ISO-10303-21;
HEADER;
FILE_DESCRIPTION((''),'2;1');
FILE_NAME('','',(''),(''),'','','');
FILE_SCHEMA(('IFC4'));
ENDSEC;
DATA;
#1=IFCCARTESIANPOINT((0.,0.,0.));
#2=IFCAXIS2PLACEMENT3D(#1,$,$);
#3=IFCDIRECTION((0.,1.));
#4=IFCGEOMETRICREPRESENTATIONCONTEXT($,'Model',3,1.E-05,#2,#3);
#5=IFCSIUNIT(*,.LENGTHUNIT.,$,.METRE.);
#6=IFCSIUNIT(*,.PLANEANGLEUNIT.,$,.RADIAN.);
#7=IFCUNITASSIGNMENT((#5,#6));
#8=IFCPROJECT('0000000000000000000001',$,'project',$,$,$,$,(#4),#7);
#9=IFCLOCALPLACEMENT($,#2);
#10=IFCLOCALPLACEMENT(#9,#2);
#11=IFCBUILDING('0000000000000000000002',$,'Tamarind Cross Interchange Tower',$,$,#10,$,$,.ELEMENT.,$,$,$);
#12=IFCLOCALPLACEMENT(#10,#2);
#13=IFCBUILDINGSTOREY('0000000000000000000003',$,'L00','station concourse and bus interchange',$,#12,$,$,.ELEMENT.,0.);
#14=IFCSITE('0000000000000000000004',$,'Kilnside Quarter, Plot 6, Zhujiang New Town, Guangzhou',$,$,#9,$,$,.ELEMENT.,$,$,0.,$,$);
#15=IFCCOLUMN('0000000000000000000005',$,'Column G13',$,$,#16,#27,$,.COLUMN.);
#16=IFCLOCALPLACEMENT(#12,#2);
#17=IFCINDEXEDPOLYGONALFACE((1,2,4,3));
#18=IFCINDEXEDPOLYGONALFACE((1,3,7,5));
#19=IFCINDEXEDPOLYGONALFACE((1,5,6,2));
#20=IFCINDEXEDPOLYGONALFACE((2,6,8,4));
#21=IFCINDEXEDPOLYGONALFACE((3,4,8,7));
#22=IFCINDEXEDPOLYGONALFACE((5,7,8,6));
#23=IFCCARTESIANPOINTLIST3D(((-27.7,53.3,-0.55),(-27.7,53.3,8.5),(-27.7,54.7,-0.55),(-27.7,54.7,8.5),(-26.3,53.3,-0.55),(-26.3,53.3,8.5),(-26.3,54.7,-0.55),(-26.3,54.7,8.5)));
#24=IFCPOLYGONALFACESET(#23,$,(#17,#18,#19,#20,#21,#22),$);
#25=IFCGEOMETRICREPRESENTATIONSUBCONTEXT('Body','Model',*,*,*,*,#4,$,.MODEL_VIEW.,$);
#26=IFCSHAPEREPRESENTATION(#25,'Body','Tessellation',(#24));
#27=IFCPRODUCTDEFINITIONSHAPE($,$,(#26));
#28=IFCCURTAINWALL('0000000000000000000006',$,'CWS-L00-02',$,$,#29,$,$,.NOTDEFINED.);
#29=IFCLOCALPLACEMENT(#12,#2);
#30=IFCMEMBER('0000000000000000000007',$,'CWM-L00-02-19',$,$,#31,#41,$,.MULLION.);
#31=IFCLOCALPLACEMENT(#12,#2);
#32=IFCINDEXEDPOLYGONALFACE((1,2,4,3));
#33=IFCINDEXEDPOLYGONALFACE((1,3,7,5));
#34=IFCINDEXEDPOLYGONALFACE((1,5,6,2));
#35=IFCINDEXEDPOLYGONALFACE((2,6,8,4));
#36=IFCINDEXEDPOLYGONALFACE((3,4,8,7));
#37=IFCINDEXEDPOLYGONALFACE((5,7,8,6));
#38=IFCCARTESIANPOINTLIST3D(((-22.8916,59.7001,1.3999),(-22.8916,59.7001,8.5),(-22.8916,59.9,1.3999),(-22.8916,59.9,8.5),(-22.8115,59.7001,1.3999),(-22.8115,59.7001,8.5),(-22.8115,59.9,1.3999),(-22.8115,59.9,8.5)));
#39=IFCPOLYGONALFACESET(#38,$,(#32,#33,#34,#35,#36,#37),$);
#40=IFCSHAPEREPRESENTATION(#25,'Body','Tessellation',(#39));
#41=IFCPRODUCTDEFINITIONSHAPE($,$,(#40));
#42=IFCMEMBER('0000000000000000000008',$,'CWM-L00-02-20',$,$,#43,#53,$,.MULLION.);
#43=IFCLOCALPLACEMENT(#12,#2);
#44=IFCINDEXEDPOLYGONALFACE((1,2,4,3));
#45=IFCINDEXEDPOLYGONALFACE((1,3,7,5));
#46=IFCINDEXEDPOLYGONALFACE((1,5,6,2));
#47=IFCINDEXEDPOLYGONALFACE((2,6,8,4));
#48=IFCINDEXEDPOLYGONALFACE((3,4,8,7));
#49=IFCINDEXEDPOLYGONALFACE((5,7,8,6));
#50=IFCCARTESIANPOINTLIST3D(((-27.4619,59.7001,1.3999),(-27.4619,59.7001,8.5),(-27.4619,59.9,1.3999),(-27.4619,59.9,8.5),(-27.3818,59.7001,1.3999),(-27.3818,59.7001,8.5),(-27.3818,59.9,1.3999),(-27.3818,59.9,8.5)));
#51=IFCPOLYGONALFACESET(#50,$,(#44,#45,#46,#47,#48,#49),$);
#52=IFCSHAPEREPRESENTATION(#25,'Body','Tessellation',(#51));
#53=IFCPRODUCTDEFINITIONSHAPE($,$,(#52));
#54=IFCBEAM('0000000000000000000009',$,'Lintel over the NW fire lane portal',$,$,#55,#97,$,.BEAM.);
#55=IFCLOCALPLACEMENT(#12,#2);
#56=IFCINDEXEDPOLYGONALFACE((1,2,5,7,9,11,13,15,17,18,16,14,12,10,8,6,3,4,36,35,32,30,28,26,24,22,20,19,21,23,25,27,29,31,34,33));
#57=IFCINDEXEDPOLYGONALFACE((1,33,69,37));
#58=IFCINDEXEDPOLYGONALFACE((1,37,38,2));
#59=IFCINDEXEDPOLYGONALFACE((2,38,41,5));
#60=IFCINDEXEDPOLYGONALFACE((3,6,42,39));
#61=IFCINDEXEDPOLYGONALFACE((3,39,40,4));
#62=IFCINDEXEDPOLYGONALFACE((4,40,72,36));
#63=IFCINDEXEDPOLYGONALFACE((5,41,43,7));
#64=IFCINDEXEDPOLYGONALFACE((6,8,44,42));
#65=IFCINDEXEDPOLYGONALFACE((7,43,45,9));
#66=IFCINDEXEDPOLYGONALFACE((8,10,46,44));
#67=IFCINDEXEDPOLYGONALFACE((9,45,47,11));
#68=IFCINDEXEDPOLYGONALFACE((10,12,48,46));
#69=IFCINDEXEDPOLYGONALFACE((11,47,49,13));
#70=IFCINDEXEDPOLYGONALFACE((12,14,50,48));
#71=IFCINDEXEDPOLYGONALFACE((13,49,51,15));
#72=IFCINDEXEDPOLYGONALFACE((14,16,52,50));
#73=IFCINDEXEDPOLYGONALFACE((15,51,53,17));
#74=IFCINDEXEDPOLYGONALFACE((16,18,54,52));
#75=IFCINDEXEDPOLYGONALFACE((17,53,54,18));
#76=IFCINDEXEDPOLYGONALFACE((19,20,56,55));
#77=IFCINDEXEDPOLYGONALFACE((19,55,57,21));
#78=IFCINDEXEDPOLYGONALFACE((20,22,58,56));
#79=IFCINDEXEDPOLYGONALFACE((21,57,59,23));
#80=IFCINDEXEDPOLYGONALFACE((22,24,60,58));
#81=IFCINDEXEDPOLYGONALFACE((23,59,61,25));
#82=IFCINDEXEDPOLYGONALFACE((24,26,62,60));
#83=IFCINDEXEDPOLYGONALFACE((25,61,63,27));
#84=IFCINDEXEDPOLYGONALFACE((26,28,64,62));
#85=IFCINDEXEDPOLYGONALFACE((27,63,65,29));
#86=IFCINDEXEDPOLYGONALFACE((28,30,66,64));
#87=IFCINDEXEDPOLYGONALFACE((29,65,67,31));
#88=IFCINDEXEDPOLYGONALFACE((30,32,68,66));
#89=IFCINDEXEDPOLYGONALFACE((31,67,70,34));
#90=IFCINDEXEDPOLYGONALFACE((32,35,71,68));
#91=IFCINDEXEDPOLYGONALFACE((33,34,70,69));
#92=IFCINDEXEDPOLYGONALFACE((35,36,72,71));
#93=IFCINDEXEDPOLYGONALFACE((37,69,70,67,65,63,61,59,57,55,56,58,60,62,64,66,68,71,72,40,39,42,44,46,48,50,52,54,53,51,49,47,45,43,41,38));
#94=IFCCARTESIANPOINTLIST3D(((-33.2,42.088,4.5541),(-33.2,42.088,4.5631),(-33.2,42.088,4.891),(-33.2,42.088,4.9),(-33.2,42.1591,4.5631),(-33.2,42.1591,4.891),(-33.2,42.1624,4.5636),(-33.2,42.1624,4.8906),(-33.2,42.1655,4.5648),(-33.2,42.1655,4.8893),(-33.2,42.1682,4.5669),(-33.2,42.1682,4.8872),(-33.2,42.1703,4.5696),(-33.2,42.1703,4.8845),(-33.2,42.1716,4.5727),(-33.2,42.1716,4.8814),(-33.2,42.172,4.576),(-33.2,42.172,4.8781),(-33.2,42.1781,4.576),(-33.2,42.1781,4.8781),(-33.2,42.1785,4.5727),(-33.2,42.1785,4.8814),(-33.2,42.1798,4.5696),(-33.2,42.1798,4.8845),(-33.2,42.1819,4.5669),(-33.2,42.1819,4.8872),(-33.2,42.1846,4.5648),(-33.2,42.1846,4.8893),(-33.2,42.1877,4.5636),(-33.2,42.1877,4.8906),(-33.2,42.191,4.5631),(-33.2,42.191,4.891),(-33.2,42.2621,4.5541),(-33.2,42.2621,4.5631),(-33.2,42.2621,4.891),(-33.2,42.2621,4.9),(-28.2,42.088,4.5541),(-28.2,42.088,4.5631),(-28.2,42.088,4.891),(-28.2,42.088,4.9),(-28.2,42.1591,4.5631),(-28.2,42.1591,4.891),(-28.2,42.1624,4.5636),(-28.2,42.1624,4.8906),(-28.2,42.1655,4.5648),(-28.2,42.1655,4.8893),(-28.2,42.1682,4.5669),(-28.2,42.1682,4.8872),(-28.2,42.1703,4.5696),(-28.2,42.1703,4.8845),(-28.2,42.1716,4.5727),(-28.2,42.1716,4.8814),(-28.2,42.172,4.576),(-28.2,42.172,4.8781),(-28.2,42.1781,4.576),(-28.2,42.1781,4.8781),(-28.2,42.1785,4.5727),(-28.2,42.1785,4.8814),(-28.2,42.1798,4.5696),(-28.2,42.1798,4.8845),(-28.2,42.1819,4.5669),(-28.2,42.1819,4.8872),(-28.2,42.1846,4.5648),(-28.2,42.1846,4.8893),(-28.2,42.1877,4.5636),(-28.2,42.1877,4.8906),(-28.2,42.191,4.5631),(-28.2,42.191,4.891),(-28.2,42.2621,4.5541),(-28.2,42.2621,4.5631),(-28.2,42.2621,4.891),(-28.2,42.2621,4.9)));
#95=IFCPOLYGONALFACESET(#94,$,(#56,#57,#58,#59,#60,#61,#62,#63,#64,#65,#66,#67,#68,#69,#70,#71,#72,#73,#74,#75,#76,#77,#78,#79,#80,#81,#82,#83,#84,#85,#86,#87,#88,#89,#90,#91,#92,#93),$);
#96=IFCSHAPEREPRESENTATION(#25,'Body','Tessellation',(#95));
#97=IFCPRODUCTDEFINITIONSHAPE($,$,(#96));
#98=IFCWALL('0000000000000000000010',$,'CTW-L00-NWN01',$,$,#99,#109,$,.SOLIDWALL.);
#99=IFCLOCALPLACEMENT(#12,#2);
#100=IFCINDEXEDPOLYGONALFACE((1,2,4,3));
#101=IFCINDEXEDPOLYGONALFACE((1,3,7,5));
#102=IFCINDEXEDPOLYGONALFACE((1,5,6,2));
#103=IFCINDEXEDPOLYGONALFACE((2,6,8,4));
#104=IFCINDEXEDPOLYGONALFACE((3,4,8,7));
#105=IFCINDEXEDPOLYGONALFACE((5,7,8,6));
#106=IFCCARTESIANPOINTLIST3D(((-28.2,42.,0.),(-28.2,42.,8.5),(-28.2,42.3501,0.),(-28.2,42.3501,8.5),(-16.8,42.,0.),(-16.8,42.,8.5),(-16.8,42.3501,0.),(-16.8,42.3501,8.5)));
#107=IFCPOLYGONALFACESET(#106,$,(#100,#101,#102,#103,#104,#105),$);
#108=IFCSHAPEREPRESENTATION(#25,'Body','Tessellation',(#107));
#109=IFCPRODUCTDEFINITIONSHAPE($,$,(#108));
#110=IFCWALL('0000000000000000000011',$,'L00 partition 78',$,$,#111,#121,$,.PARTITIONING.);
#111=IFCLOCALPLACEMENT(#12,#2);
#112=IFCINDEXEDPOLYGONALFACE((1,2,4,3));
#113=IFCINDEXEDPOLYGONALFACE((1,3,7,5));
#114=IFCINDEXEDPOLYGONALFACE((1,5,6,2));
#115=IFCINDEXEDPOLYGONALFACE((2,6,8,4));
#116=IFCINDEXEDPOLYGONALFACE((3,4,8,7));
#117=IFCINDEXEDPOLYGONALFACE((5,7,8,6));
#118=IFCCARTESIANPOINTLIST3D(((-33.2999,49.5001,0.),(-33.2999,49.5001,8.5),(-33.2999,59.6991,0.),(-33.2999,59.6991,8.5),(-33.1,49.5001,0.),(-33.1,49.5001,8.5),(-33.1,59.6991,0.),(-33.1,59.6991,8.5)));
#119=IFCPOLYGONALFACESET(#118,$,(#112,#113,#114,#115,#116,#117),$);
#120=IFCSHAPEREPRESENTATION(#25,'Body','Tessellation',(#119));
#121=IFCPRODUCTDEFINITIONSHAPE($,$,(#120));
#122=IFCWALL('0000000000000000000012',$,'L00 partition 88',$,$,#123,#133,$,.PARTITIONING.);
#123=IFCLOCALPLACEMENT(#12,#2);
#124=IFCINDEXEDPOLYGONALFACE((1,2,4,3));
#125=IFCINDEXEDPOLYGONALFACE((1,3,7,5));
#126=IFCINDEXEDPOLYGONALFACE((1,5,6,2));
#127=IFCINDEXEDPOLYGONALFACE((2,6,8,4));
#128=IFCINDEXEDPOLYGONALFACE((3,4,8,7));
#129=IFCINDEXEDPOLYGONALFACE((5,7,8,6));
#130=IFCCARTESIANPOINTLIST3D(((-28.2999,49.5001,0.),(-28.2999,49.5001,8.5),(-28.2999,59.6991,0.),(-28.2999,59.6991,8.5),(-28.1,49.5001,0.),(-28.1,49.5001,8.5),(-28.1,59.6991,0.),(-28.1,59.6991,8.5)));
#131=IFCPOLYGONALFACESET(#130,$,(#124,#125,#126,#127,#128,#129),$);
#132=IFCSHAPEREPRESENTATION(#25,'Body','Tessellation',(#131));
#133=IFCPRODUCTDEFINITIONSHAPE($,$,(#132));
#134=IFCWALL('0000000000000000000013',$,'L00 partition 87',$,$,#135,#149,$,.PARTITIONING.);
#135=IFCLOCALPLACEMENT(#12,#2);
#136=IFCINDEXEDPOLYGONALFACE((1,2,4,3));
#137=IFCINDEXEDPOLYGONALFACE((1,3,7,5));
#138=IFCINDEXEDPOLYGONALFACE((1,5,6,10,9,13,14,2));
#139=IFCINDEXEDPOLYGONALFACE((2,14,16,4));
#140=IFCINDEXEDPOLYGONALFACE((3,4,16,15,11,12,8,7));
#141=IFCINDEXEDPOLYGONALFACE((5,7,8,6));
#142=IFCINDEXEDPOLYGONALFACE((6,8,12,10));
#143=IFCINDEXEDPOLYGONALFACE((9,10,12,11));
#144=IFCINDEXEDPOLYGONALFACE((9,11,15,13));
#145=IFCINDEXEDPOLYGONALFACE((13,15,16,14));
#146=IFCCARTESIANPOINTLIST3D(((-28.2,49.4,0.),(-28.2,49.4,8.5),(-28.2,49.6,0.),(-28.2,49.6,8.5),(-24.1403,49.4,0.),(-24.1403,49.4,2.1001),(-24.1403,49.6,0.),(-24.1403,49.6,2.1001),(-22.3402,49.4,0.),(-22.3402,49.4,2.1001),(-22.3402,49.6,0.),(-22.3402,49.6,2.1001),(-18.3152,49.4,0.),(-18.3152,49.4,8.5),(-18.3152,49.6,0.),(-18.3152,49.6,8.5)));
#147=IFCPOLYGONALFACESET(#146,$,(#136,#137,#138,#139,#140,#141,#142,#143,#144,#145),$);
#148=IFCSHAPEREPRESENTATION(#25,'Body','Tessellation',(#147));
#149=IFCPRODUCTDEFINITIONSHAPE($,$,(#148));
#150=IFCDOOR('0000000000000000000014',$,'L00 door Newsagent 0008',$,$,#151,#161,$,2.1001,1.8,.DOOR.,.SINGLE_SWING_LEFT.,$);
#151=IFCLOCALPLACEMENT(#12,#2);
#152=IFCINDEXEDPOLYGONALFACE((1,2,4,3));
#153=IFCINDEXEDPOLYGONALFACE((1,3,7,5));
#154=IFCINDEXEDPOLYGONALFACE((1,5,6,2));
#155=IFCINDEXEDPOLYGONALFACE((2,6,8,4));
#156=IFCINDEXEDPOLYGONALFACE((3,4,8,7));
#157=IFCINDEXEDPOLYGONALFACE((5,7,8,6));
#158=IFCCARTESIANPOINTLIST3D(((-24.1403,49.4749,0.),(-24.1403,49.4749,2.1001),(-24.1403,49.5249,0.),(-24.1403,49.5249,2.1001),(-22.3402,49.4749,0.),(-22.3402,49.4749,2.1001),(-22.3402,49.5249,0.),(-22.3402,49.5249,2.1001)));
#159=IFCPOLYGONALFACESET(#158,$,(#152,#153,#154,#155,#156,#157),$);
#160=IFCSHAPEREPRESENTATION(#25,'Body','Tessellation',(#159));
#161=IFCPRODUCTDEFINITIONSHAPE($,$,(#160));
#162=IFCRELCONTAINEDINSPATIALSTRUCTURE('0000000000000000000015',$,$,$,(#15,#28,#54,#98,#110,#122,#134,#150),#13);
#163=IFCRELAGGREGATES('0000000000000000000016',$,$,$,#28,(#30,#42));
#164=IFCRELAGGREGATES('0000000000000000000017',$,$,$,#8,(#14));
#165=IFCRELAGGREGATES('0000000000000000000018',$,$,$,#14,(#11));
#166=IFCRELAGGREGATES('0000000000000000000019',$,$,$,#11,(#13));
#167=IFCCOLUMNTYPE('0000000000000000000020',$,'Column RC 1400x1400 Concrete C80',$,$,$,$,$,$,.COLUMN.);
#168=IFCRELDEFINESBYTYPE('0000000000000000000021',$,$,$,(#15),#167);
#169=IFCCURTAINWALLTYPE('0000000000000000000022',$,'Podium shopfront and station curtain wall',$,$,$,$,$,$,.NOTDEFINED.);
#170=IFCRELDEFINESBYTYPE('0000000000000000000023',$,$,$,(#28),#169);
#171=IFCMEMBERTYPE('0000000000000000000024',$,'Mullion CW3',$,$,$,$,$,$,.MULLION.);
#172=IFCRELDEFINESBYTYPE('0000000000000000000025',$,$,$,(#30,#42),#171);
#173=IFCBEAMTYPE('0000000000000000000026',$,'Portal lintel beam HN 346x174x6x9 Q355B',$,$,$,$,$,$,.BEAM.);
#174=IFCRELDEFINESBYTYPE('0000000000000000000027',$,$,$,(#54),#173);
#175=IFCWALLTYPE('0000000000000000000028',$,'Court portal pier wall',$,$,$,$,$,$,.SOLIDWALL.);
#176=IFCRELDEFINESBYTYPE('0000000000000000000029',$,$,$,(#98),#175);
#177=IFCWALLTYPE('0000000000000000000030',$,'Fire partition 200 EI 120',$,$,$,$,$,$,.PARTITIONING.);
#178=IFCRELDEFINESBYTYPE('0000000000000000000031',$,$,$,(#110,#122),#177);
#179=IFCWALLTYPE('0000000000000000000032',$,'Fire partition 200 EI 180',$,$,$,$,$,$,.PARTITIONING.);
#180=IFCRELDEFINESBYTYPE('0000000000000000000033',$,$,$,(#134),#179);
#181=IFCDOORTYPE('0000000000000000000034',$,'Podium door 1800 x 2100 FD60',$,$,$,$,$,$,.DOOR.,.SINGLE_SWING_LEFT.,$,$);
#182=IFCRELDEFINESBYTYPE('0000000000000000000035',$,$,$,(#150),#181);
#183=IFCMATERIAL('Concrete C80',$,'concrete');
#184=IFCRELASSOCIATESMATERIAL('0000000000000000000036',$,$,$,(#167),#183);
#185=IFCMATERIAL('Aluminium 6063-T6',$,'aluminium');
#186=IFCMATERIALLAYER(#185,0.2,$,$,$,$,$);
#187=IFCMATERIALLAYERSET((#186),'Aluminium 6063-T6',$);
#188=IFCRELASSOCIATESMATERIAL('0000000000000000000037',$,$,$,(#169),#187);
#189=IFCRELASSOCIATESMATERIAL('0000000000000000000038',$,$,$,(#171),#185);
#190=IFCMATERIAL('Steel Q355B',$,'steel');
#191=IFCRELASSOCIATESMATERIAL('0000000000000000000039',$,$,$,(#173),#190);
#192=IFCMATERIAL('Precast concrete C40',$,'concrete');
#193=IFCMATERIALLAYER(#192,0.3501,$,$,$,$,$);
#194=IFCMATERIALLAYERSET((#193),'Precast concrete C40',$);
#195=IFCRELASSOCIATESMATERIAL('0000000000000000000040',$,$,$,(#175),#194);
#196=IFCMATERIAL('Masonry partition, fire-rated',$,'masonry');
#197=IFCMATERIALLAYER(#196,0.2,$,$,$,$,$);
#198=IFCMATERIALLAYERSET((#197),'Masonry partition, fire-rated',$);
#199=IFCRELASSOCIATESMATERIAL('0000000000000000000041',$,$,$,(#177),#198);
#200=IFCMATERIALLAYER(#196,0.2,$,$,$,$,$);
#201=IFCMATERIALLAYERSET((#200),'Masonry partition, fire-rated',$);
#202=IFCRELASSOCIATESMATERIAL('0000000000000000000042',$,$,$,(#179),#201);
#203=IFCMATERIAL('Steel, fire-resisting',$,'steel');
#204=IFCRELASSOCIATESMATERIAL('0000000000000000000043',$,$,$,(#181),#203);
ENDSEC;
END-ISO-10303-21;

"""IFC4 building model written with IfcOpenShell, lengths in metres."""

from ifc_helpers import new_model, si_unit, direction, frame, frame_2d, origin, origin_2d, place, context, subcontext, project, spatial, rectangle, i_section, extrude, material, layer, layer_set, material_profile, profile_set, type_object, element, fill, aggregate, save


model = new_model("IFC4")

# Units and contexts
model_context = context("Model", 3, precision=1e-05, world=origin(), true_north=direction((0.0, 1.0)))
body_context = subcontext(model_context, "Body", "Model", "MODEL_VIEW")
ifc_project = project(units=[si_unit("LENGTHUNIT", "METRE"), si_unit("PLANEANGLEUNIT", "RADIAN")], contexts=[model_context])

# Site, building, storey
site_placement = place(None, origin())
site = spatial("IfcSite", under=ifc_project, at=site_placement, Name="Kilnside Quarter, Plot 6, Zhujiang New Town, Guangzhou", CompositionType="ELEMENT", RefElevation=0.0)
building_placement = place(site_placement, origin())
building = spatial("IfcBuilding", under=site, at=building_placement, Name="Tamarind Cross Interchange Tower", CompositionType="ELEMENT")
storey_placement = place(building_placement, origin())
storey = spatial("IfcBuildingStorey", under=building, at=storey_placement, Name="L00", Description="station concourse and bus interchange", CompositionType="ELEMENT", Elevation=0.0)

# Column
ifc_material_1 = material(Name="Concrete C80", Category="concrete")
ifc_material_profile_1 = material_profile(ifc_material_1, rectangle(XDim=1.3999, YDim=1.3999, at=origin_2d()), Name="RC 1400x1400")
ifc_profile_set_1 = profile_set([ifc_material_profile_1], Name="Concrete C80")
column_type = type_object("IfcColumnType", Name="Column RC 1400x1400 Concrete C80", PredefinedType="COLUMN", material=ifc_profile_set_1)
column_placement = place(storey_placement, frame((-27.0, 54.0, -0.55), z_axis=(0.0, 0.0, 1.0), x_axis=(1.0, 0.0, 0.0)))
element("IfcColumn", 1, at=column_placement, inside=storey, type_object=column_type, Name="Column G13", PredefinedType="COLUMN", context=body_context, shape_type="SweptSolid", body=[
    extrude(rectangle(XDim=1.3999, YDim=1.3999, at=origin_2d()), origin(), (0.0, 0.0, 1.0), 9.05),
])

# Curtain wall, members
ifc_material_2 = material(Name="Aluminium 6063-T6", Category="aluminium")
ifc_layer_1 = layer(ifc_material_2, 0.2)
ifc_layer_set_1 = layer_set([ifc_layer_1], Name="Aluminium 6063-T6")
curtain_wall_type = type_object("IfcCurtainWallType", Name="Podium shopfront and station curtain wall", PredefinedType="NOTDEFINED", material=ifc_layer_set_1)
curtain_wall_placement = place(storey_placement, origin())
curtain_wall = element("IfcCurtainWall", 2, at=curtain_wall_placement, inside=storey, type_object=curtain_wall_type, Name="CWS-L00-02", PredefinedType="NOTDEFINED")
ifc_material_profile_2 = material_profile(ifc_material_2, rectangle(XDim=0.0801, YDim=0.2, at=origin_2d()), Name="Mullion CW3")
ifc_profile_set_2 = profile_set([ifc_material_profile_2], Name="Aluminium 6063-T6")
member_type = type_object("IfcMemberType", Name="Mullion CW3", PredefinedType="MULLION", material=ifc_profile_set_2)
member_1_placement = place(storey_placement, frame((-22.8516, 59.8, 1.3999), z_axis=(0.0, 0.0, 1.0), x_axis=(-1.0, 0.0, 0.0)))
member_1 = element("IfcMember", 3, at=member_1_placement, type_object=member_type, Name="CWM-L00-02-19", PredefinedType="MULLION", context=body_context, shape_type="SweptSolid", body=[
    extrude(rectangle(XDim=0.0801, YDim=0.2, at=origin_2d()), origin(), (0.0, 0.0, 1.0), 7.1001),
])
member_2_placement = place(storey_placement, frame((-27.4219, 59.8, 1.3999), z_axis=(0.0, 0.0, 1.0), x_axis=(-1.0, 0.0, 0.0)))
member_2 = element("IfcMember", 4, at=member_2_placement, type_object=member_type, Name="CWM-L00-02-20", PredefinedType="MULLION", context=body_context, shape_type="SweptSolid", body=[
    extrude(rectangle(XDim=0.0801, YDim=0.2, at=origin_2d()), origin(), (0.0, 0.0, 1.0), 7.1001),
])
aggregate(curtain_wall, [member_1, member_2])

# Beam
ifc_material_3 = material(Name="Steel Q355B", Category="steel")
ifc_material_profile_3 = material_profile(ifc_material_3, i_section(OverallWidth=0.1741, OverallDepth=0.3459, WebThickness=0.0061, FlangeThickness=0.009, FilletRadius=0.0129, at=origin_2d()), Name="HN 346x174x6x9")
ifc_profile_set_3 = profile_set([ifc_material_profile_3], Name="Steel Q355B")
beam_type = type_object("IfcBeamType", Name="Portal lintel beam HN 346x174x6x9 Q355B", PredefinedType="BEAM", material=ifc_profile_set_3)
beam_placement = place(storey_placement, frame((-33.2, 42.175, 4.7271), z_axis=(1.0, 0.0, 0.0), x_axis=(0.0, 1.0, 0.0)))
element("IfcBeam", 5, at=beam_placement, inside=storey, type_object=beam_type, Name="Lintel over the NW fire lane portal", PredefinedType="BEAM", context=body_context, shape_type="SweptSolid", body=[
    extrude(i_section(OverallWidth=0.1741, OverallDepth=0.3459, WebThickness=0.0061, FlangeThickness=0.009, FilletRadius=0.0129, at=origin_2d()), origin(), (0.0, 0.0, 1.0), 5.0),
])

# Walls
ifc_material_4 = material(Name="Precast concrete C40", Category="concrete")
ifc_layer_2 = layer(ifc_material_4, 0.3501)
ifc_layer_set_2 = layer_set([ifc_layer_2], Name="Precast concrete C40")
wall_type_1 = type_object("IfcWallType", Name="Court portal pier wall", PredefinedType="SOLIDWALL", material=ifc_layer_set_2)
wall_1_placement = place(storey_placement, frame((-28.2, 42.175, 0.0), z_axis=(0.0, 0.0, 1.0), x_axis=(1.0, 0.0, 0.0)))
element("IfcWall", 6, at=wall_1_placement, inside=storey, type_object=wall_type_1, Name="CTW-L00-NWN01", PredefinedType="SOLIDWALL", context=body_context, shape_type="SweptSolid", body=[
    extrude(rectangle(XDim=11.3999, YDim=0.3501, at=frame_2d((5.7, 0.0))), origin(), (0.0, 0.0, 1.0), 8.5),
])
ifc_material_5 = material(Name="Masonry partition, fire-rated", Category="masonry")
ifc_layer_3 = layer(ifc_material_5, 0.2)
ifc_layer_set_3 = layer_set([ifc_layer_3], Name="Masonry partition, fire-rated")
wall_type_2 = type_object("IfcWallType", Name="Fire partition 200 EI 120", PredefinedType="PARTITIONING", material=ifc_layer_set_3)
for number, where, z_axis, x_axis, name in (
    (7, (-33.2, 49.5, 0.0), (0.0, 0.0, 1.0), (0.0, 1.0, 0.0), "L00 partition 78"),
    (8, (-28.2, 49.5, 0.0), (0.0, 0.0, 1.0), (0.0, 1.0, 0.0), "L00 partition 88"),
):
    element("IfcWall", number, at=place(storey_placement, frame(where, z_axis=z_axis, x_axis=x_axis)), inside=storey, type_object=wall_type_2, Name=name, PredefinedType="PARTITIONING", context=body_context, shape_type="SweptSolid", body=[
        extrude(rectangle(XDim=10.199, YDim=0.2, at=frame_2d((5.0996, 0.0))), origin(), (0.0, 0.0, 1.0), 8.5),
    ])

# Wall, opening, door
ifc_layer_4 = layer(ifc_material_5, 0.2)
ifc_layer_set_4 = layer_set([ifc_layer_4], Name="Masonry partition, fire-rated")
wall_type_3 = type_object("IfcWallType", Name="Fire partition 200 EI 180", PredefinedType="PARTITIONING", material=ifc_layer_set_4)
wall_2_placement = place(storey_placement, frame((-28.2, 49.5, 0.0), z_axis=(0.0, 0.0, 1.0), x_axis=(1.0, 0.0, 0.0)))
wall_2 = element("IfcWall", 9, at=wall_2_placement, inside=storey, type_object=wall_type_3, Name="L00 partition 87", PredefinedType="PARTITIONING", context=body_context, shape_type="SweptSolid", body=[
    extrude(rectangle(XDim=9.8848, YDim=0.2, at=frame_2d((4.9424, 0.0))), origin(), (0.0, 0.0, 1.0), 8.5),
])
opening_1_placement = place(wall_2_placement, frame((4.0598, 0.0, 0.0)))
opening_1 = element("IfcOpeningElement", 10, at=opening_1_placement, cuts=wall_2, PredefinedType="OPENING", context=body_context, shape_type="SweptSolid", body=[
    extrude(rectangle(XDim=1.8, YDim=2.1001, at=frame_2d((0.8999, 1.05))), frame((0.0, 0.1099, 0.0), z_axis=(0.0, -1.0, 0.0), x_axis=(1.0, 0.0, 0.0)), (0.0, 0.0, 1.0), 0.22),
])
ifc_material_6 = material(Name="Steel, fire-resisting", Category="steel")
door_type_1 = type_object("IfcDoorType", Name="Podium door 1800 x 2100 FD60", OperationType="SINGLE_SWING_LEFT", PredefinedType="DOOR", material=ifc_material_6)
door_1_placement = place(opening_1_placement, origin())
door_1 = element("IfcDoor", 11, at=door_1_placement, inside=storey, type_object=door_type_1, Name="L00 door Newsagent 0008", OperationType="SINGLE_SWING_LEFT", OverallHeight=2.1001, OverallWidth=1.8, PredefinedType="DOOR", context=body_context, shape_type="SweptSolid", body=[
    extrude(rectangle(XDim=1.8, YDim=2.1001, at=frame_2d((0.8999, 1.05))), frame((0.0, 0.0249, 0.0), z_axis=(0.0, -1.0, 0.0), x_axis=(1.0, 0.0, 0.0)), (0.0, 0.0, 1.0), 0.05),
])
fill(opening_1, door_1)

save(model, "model.ifc")
